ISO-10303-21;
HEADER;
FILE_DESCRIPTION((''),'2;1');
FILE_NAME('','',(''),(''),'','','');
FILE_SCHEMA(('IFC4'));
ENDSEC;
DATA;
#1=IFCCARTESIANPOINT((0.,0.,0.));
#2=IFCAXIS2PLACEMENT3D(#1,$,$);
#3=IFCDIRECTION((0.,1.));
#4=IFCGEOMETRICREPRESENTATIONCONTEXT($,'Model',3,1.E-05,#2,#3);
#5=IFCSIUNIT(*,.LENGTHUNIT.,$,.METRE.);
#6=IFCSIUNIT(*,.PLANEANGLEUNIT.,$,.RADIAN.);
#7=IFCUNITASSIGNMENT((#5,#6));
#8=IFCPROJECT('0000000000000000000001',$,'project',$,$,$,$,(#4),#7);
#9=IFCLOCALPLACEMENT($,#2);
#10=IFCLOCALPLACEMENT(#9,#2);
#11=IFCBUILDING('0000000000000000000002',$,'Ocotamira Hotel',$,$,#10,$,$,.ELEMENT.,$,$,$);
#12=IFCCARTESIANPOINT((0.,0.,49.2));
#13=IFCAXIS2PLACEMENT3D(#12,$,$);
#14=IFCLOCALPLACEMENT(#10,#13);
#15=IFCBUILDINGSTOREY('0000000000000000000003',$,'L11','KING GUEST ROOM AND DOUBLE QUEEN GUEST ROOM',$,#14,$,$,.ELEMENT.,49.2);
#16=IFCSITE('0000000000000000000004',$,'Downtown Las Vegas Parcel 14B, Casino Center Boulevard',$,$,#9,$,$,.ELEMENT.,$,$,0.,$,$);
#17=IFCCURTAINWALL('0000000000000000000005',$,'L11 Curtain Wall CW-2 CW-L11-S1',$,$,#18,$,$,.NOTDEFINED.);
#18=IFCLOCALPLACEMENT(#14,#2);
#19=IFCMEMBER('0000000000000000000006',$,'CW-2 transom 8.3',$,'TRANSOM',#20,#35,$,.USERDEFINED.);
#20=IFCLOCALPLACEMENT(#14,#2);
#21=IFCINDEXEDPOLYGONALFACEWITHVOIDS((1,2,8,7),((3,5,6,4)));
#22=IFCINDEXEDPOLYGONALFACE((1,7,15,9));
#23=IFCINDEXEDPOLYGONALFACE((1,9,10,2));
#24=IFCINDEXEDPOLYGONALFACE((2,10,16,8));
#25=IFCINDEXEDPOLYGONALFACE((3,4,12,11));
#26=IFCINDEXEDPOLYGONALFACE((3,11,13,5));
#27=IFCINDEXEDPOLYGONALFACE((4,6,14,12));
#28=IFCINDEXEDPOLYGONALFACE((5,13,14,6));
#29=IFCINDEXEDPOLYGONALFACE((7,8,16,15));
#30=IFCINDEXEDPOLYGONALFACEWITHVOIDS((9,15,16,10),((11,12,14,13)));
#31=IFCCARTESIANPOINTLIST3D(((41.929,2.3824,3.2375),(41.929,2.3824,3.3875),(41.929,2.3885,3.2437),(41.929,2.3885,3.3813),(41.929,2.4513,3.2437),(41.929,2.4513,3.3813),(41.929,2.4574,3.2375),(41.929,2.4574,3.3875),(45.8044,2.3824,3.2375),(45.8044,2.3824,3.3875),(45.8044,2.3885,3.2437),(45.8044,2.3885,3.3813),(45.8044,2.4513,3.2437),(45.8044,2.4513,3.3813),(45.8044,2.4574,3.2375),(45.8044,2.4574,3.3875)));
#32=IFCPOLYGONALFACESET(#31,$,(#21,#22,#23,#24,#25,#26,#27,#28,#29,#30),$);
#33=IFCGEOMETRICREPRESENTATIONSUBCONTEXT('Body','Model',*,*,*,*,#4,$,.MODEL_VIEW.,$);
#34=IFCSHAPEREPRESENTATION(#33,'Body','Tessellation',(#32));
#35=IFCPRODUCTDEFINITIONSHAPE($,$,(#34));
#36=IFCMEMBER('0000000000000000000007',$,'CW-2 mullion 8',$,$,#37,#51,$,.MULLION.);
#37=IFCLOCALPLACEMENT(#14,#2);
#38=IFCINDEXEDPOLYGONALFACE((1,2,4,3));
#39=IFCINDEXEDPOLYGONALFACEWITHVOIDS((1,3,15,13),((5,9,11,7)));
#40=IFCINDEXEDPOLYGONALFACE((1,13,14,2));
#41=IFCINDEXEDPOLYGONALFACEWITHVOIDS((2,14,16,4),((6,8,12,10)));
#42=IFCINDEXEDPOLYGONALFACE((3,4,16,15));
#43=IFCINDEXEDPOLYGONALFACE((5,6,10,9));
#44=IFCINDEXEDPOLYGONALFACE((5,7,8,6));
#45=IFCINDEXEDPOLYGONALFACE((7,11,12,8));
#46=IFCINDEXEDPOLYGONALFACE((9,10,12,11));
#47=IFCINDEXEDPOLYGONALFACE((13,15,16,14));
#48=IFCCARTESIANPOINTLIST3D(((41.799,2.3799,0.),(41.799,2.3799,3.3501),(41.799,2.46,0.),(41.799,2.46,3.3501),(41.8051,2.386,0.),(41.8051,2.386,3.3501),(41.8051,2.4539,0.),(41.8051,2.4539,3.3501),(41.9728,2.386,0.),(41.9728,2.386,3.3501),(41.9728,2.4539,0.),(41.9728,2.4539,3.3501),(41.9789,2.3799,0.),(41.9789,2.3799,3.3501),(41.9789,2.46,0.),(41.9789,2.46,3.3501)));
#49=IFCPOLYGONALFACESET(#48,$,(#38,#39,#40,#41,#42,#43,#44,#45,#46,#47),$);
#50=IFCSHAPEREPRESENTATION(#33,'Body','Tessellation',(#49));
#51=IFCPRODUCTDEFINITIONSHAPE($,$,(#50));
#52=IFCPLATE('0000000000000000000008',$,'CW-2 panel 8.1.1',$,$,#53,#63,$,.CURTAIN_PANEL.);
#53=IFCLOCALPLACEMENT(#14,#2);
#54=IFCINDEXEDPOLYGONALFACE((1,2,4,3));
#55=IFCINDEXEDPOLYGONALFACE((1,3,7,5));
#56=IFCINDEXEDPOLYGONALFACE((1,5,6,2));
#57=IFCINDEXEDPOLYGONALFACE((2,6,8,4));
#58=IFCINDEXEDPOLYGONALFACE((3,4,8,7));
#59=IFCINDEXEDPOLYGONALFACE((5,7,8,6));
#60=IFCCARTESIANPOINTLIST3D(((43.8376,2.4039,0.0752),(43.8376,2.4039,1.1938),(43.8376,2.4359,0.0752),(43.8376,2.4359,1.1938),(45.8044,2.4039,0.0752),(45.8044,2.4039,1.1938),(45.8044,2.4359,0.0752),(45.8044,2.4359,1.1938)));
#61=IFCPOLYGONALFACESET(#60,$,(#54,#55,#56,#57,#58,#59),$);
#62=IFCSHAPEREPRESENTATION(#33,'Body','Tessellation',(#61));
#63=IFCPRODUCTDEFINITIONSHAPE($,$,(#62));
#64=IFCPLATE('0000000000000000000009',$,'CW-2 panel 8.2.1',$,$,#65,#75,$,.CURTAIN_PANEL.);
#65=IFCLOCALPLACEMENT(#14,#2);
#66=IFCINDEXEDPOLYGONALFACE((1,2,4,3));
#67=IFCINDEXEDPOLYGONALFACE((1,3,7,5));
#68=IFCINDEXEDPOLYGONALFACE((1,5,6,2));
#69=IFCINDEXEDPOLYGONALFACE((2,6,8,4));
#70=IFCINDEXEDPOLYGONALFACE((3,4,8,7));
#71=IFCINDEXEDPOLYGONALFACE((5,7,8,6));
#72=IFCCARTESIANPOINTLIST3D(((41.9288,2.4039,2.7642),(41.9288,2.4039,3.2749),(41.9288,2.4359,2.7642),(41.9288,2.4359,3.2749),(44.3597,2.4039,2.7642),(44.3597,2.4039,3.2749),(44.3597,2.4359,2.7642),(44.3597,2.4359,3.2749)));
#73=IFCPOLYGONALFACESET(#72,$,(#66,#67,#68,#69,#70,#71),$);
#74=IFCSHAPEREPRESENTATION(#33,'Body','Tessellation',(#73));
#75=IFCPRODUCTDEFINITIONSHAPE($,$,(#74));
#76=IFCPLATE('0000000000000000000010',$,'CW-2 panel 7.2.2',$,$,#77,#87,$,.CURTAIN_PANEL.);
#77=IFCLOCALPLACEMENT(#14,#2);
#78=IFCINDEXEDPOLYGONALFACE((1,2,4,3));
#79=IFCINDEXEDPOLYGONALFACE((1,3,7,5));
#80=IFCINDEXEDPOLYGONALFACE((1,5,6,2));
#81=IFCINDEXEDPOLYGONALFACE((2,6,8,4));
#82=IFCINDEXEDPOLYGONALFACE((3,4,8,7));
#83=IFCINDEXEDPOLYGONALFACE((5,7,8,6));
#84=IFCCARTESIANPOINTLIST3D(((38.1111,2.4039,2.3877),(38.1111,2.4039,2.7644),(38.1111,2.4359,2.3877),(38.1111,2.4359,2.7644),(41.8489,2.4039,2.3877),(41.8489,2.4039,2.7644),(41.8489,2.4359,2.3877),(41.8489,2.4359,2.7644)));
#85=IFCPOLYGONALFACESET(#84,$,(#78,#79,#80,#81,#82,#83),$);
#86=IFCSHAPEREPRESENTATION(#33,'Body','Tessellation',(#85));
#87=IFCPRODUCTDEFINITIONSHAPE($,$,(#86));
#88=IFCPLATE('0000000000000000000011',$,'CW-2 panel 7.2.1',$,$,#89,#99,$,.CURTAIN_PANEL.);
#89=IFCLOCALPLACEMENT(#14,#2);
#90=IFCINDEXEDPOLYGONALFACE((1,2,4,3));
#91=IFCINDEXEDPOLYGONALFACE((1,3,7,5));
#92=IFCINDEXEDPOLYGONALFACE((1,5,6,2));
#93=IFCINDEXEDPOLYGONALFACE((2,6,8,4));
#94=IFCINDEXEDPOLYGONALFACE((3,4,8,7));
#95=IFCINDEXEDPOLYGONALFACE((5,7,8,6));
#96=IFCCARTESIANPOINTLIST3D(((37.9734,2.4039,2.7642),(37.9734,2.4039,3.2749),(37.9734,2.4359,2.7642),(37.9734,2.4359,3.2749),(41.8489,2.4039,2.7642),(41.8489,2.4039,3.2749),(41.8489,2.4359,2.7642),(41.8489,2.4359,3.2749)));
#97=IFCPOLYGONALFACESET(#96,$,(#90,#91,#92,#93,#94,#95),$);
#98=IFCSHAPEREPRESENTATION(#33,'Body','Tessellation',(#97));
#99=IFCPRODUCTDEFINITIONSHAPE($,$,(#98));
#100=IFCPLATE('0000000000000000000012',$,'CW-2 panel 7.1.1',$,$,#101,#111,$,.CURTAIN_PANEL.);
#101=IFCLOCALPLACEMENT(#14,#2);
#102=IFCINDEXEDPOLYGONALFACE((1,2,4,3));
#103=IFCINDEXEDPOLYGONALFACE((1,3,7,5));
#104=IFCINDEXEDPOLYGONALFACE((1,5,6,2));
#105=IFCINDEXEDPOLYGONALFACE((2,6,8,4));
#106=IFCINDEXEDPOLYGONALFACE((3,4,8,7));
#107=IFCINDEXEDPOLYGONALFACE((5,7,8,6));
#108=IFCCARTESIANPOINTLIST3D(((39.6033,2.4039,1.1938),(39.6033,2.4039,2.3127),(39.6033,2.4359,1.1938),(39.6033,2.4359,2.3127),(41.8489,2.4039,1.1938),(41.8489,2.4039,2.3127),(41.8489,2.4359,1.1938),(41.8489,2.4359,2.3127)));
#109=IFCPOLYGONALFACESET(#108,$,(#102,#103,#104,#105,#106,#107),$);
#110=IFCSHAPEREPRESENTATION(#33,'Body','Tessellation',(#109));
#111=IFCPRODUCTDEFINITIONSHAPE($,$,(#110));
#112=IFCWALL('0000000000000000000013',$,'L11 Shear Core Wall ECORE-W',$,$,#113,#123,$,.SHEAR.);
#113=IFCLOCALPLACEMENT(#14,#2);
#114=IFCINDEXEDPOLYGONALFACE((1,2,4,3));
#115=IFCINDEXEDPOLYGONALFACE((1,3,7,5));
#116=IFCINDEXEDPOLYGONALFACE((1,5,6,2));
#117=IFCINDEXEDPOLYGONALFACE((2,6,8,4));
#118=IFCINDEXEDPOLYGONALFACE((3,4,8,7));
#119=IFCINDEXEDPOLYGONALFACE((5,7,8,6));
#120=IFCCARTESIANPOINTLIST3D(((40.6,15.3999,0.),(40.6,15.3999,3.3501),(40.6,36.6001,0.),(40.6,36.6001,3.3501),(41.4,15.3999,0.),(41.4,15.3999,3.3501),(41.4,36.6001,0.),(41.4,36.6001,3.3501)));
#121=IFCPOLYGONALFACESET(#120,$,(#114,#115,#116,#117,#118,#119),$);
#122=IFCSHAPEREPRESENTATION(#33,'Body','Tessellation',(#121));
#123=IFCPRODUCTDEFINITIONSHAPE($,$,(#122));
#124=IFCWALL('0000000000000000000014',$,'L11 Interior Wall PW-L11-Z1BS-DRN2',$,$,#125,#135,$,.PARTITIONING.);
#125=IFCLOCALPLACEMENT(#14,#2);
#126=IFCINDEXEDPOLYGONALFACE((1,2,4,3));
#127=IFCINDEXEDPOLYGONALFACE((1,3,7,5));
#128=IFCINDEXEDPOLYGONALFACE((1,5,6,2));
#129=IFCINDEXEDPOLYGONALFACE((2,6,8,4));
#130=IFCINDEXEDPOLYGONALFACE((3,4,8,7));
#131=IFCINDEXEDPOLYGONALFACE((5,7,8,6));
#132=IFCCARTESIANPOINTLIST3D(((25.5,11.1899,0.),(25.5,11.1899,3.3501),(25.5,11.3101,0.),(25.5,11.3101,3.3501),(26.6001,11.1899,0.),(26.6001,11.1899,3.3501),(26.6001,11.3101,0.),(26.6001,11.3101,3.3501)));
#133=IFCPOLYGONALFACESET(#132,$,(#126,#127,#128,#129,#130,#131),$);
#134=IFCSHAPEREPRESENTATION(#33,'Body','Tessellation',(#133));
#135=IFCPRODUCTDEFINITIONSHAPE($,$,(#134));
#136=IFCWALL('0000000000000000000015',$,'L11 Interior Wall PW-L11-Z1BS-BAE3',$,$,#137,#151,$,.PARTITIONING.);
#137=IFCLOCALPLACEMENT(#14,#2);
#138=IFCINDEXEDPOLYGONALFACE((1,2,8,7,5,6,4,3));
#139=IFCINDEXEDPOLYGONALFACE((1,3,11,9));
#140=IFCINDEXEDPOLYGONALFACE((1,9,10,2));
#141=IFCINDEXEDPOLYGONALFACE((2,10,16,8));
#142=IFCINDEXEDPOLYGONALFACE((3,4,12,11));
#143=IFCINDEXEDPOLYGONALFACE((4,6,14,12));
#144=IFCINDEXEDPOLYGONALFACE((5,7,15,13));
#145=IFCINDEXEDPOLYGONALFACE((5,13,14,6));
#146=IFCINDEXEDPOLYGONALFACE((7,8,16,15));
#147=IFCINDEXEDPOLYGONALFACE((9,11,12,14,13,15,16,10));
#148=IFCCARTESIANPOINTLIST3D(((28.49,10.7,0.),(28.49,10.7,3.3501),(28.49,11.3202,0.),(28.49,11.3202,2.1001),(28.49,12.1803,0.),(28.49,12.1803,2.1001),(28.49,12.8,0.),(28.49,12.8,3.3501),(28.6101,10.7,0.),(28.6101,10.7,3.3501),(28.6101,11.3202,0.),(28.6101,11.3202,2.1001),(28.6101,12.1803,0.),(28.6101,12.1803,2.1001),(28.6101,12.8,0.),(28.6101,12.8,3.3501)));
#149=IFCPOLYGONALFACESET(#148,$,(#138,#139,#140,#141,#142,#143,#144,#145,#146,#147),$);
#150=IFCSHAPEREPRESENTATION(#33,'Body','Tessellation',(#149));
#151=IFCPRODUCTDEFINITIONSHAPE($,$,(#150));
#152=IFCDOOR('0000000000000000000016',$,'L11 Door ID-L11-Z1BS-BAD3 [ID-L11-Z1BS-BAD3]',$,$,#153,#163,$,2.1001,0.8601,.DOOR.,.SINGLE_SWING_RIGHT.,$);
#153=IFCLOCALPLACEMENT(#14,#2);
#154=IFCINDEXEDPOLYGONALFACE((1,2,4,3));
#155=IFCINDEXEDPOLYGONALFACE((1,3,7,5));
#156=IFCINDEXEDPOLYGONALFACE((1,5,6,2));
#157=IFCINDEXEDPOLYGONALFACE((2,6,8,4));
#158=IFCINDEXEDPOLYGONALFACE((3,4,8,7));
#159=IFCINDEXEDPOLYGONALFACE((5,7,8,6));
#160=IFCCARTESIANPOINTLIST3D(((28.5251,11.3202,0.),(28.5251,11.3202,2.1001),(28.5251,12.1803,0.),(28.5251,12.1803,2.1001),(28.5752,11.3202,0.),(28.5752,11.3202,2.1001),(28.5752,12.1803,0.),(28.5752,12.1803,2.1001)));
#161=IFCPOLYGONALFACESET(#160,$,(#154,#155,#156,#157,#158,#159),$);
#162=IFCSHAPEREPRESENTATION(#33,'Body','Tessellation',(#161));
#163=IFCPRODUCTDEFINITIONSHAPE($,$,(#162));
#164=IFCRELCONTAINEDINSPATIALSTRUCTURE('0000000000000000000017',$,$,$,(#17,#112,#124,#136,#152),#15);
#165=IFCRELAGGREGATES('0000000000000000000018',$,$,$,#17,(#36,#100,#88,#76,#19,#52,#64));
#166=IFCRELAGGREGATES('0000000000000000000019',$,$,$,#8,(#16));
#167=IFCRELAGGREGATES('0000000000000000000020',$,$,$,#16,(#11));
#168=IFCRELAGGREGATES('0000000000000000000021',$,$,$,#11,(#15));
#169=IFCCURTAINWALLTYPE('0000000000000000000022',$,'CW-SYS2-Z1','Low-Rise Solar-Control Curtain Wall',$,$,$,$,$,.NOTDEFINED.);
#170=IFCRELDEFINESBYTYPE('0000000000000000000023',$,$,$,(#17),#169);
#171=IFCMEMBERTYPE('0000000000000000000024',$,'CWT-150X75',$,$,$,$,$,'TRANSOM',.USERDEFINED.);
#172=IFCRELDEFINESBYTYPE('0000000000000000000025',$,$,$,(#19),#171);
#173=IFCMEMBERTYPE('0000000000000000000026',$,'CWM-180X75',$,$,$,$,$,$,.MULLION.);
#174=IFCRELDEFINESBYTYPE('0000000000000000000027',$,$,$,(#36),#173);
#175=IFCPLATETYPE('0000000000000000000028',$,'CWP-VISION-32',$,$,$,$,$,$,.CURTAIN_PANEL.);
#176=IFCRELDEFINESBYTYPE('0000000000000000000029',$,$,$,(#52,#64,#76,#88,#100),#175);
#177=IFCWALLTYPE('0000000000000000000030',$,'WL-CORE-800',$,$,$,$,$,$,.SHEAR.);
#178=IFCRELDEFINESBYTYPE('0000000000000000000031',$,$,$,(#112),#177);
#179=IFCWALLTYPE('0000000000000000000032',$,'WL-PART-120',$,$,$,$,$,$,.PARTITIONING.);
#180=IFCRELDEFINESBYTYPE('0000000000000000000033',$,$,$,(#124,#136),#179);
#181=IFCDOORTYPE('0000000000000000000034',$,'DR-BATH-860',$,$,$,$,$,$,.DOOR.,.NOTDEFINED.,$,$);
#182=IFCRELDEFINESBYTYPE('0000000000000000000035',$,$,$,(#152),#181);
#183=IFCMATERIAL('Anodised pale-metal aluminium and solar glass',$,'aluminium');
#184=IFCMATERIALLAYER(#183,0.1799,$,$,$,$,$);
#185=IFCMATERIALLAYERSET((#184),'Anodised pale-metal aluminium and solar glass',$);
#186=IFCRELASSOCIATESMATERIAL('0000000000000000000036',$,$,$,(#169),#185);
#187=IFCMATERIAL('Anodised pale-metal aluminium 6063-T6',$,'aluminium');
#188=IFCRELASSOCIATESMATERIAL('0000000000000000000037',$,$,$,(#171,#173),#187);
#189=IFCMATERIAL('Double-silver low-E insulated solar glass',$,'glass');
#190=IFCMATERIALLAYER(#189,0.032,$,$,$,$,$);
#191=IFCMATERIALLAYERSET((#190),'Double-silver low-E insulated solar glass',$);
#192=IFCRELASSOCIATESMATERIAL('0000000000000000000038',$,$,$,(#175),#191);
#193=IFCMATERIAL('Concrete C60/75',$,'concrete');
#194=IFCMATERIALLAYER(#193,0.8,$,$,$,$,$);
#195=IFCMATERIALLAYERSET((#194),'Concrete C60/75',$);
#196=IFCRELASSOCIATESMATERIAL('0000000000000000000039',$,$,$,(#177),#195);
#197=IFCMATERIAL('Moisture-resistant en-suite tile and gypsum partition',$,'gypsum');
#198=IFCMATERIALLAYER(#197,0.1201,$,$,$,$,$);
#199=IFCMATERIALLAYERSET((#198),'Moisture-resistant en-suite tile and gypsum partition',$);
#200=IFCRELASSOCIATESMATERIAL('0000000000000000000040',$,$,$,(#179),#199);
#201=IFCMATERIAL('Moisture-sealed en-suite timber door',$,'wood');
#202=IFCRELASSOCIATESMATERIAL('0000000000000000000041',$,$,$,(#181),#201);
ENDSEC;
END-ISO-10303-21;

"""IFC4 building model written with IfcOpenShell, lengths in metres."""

from ifc_helpers import new_model, si_unit, direction, frame, frame_2d, origin, origin_2d, place, context, subcontext, project, spatial, rectangle, hollow_rectangle, extrude, source, transform, mapped, material, layer, layer_set, material_profile, profile_set, type_object, element, fill, aggregate, save


model = new_model("IFC4")

# Units and contexts
model_context = context("Model", 3, precision=1e-05, world=origin(), true_north=direction((0.0, 1.0)))
body_context = subcontext(model_context, "Body", "Model", "MODEL_VIEW")
ifc_project = project(units=[si_unit("LENGTHUNIT", "METRE"), si_unit("PLANEANGLEUNIT", "RADIAN")], contexts=[model_context])

# Site, building, storey
site_placement = place(None, origin())
site = spatial("IfcSite", under=ifc_project, at=site_placement, Name="Downtown Las Vegas Parcel 14B, Casino Center Boulevard", CompositionType="ELEMENT", RefElevation=0.0)
building_placement = place(site_placement, origin())
building = spatial("IfcBuilding", under=site, at=building_placement, Name="Ocotamira Hotel", CompositionType="ELEMENT")
storey_placement = place(building_placement, frame((0.0, 0.0, 49.2)))
storey = spatial("IfcBuildingStorey", under=building, at=storey_placement, Name="L11", Description="KING GUEST ROOM AND DOUBLE QUEEN GUEST ROOM", CompositionType="ELEMENT", Elevation=49.2)

# Curtain wall, members, plates
ifc_material_1 = material(Name="Anodised pale-metal aluminium and solar glass", Category="aluminium")
ifc_layer_1 = layer(ifc_material_1, 0.1799)
ifc_layer_set_1 = layer_set([ifc_layer_1], Name="Anodised pale-metal aluminium and solar glass")
curtain_wall_type = type_object("IfcCurtainWallType", Name="CW-SYS2-Z1", Description="Low-Rise Solar-Control Curtain Wall", PredefinedType="NOTDEFINED", material=ifc_layer_set_1)
curtain_wall_placement = place(storey_placement, origin())
curtain_wall = element("IfcCurtainWall", 1, at=curtain_wall_placement, inside=storey, type_object=curtain_wall_type, Name="L11 Curtain Wall CW-2 CW-L11-S1", PredefinedType="NOTDEFINED")
ifc_material_2 = material(Name="Anodised pale-metal aluminium 6063-T6", Category="aluminium")
ifc_material_profile_1 = material_profile(ifc_material_2, hollow_rectangle(XDim=0.075, YDim=0.1499, WallThickness=0.0061, at=origin_2d()), Name="HSS150X75X6")
ifc_profile_set_1 = profile_set([ifc_material_profile_1], Name="Anodised pale-metal aluminium 6063-T6")
member_type_1 = type_object("IfcMemberType", Name="CWT-150X75", ElementType="TRANSOM", PredefinedType="USERDEFINED", material=ifc_profile_set_1)
shared_shape_1 = source(origin(), body_context, "Body", "SweptSolid", [
    extrude(hollow_rectangle(XDim=0.075, YDim=0.1499, WallThickness=0.0061, at=origin_2d()), origin(), (0.0, 0.0, 1.0), 3.8755),
])
member_1_placement = place(storey_placement, frame((41.929, 2.4199, 3.3125), z_axis=(1.0, 0.0, 0.0), x_axis=(0.0, 1.0, 0.0)))
member_1 = element("IfcMember", 2, at=member_1_placement, type_object=member_type_1, Name="CW-2 transom 8.3", ObjectType="TRANSOM", PredefinedType="USERDEFINED", context=body_context, shape_type="MappedRepresentation", body=[
    mapped(shared_shape_1, transform((0.0, 0.0, 0.0), scale=1.0)),
])
ifc_material_profile_2 = material_profile(ifc_material_2, hollow_rectangle(XDim=0.0801, YDim=0.1799, WallThickness=0.0061, at=origin_2d()), Name="HSS180X80X6")
ifc_profile_set_2 = profile_set([ifc_material_profile_2], Name="Anodised pale-metal aluminium 6063-T6")
member_type_2 = type_object("IfcMemberType", Name="CWM-180X75", PredefinedType="MULLION", material=ifc_profile_set_2)
shared_shape_2 = source(origin(), body_context, "Body", "SweptSolid", [
    extrude(hollow_rectangle(XDim=0.0801, YDim=0.1799, WallThickness=0.0061, at=origin_2d()), origin(), (0.0, 0.0, 1.0), 3.3501),
])
member_2_placement = place(storey_placement, frame((41.8889, 2.4199, 0.0), z_axis=(0.0, 0.0, 1.0), x_axis=(0.0, 1.0, 0.0)))
member_2 = element("IfcMember", 3, at=member_2_placement, type_object=member_type_2, Name="CW-2 mullion 8", PredefinedType="MULLION", context=body_context, shape_type="MappedRepresentation", body=[
    mapped(shared_shape_2, transform((0.0, 0.0, 0.0), scale=1.0)),
])
ifc_material_3 = material(Name="Double-silver low-E insulated solar glass", Category="glass")
ifc_layer_2 = layer(ifc_material_3, 0.032)
ifc_layer_set_2 = layer_set([ifc_layer_2], Name="Double-silver low-E insulated solar glass")
plate_type = type_object("IfcPlateType", Name="CWP-VISION-32", PredefinedType="CURTAIN_PANEL", material=ifc_layer_set_2)
shared_shape_3 = source(origin(), body_context, "Body", "SweptSolid", [
    extrude(rectangle(XDim=1.9668, YDim=0.032, at=origin_2d()), origin(), (0.0, 0.0, 1.0), 1.1187),
])
plate_1_placement = place(storey_placement, frame((44.821, 2.4199, 0.0752), z_axis=(0.0, 0.0, 1.0), x_axis=(1.0, 0.0, 0.0)))
plate_1 = element("IfcPlate", 4, at=plate_1_placement, type_object=plate_type, Name="CW-2 panel 8.1.1", PredefinedType="CURTAIN_PANEL", context=body_context, shape_type="MappedRepresentation", body=[
    mapped(shared_shape_3, transform((0.0, 0.0, 0.0), scale=1.0)),
])
shared_shape_4 = source(origin(), body_context, "Body", "SweptSolid", [
    extrude(rectangle(XDim=2.4309, YDim=0.032, at=origin_2d()), origin(), (0.0, 0.0, 1.0), 0.5107),
])
plate_2_placement = place(storey_placement, frame((43.1443, 2.4199, 2.7642), z_axis=(0.0, 0.0, 1.0), x_axis=(1.0, 0.0, 0.0)))
plate_2 = element("IfcPlate", 5, at=plate_2_placement, type_object=plate_type, Name="CW-2 panel 8.2.1", PredefinedType="CURTAIN_PANEL", context=body_context, shape_type="MappedRepresentation", body=[
    mapped(shared_shape_4, transform((0.0, 0.0, 0.0), scale=1.0)),
])
shared_shape_5 = source(origin(), body_context, "Body", "SweptSolid", [
    extrude(rectangle(XDim=3.7378, YDim=0.032, at=origin_2d()), origin(), (0.0, 0.0, 1.0), 0.3767),
])
plate_3_placement = place(storey_placement, frame((39.98, 2.4199, 2.3877), z_axis=(0.0, 0.0, 1.0), x_axis=(1.0, 0.0, 0.0)))
plate_3 = element("IfcPlate", 6, at=plate_3_placement, type_object=plate_type, Name="CW-2 panel 7.2.2", PredefinedType="CURTAIN_PANEL", context=body_context, shape_type="MappedRepresentation", body=[
    mapped(shared_shape_5, transform((0.0, 0.0, 0.0), scale=1.0)),
])
shared_shape_6 = source(origin(), body_context, "Body", "SweptSolid", [
    extrude(rectangle(XDim=3.8755, YDim=0.032, at=origin_2d()), origin(), (0.0, 0.0, 1.0), 0.5107),
])
plate_4_placement = place(storey_placement, frame((39.9111, 2.4199, 2.7642), z_axis=(0.0, 0.0, 1.0), x_axis=(1.0, 0.0, 0.0)))
plate_4 = element("IfcPlate", 7, at=plate_4_placement, type_object=plate_type, Name="CW-2 panel 7.2.1", PredefinedType="CURTAIN_PANEL", context=body_context, shape_type="MappedRepresentation", body=[
    mapped(shared_shape_6, transform((0.0, 0.0, 0.0), scale=1.0)),
])
shared_shape_7 = source(origin(), body_context, "Body", "SweptSolid", [
    extrude(rectangle(XDim=2.2456, YDim=0.032, at=origin_2d()), origin(), (0.0, 0.0, 1.0), 1.1189),
])
plate_5_placement = place(storey_placement, frame((40.7261, 2.4199, 1.1938), z_axis=(0.0, 0.0, 1.0), x_axis=(1.0, 0.0, 0.0)))
plate_5 = element("IfcPlate", 8, at=plate_5_placement, type_object=plate_type, Name="CW-2 panel 7.1.1", PredefinedType="CURTAIN_PANEL", context=body_context, shape_type="MappedRepresentation", body=[
    mapped(shared_shape_7, transform((0.0, 0.0, 0.0), scale=1.0)),
])
aggregate(curtain_wall, [member_2, plate_5, plate_4, plate_3, member_1, plate_1, plate_2])

# Shared definitions
ifc_material_4 = material(Name="Concrete C60/75", Category="concrete")
ifc_layer_3 = layer(ifc_material_4, 0.8)
ifc_layer_set_3 = layer_set([ifc_layer_3], Name="Concrete C60/75")
wall_type_1 = type_object("IfcWallType", Name="WL-CORE-800", PredefinedType="SHEAR", material=ifc_layer_set_3)

# Walls
wall_1_placement = place(storey_placement, frame((41.0, 15.3999, 0.0), z_axis=(0.0, 0.0, 1.0), x_axis=(0.0, 1.0, 0.0)))
element("IfcWall", 9, at=wall_1_placement, inside=storey, type_object=wall_type_1, Name="L11 Shear Core Wall ECORE-W", PredefinedType="SHEAR", context=body_context, shape_type="SweptSolid", body=[
    extrude(rectangle(XDim=21.2002, YDim=0.8, at=frame_2d((10.6001, 0.0))), origin(), (0.0, 0.0, 1.0), 3.3501),
])
ifc_material_5 = material(Name="Moisture-resistant en-suite tile and gypsum partition", Category="gypsum")
ifc_layer_4 = layer(ifc_material_5, 0.1201)
ifc_layer_set_4 = layer_set([ifc_layer_4], Name="Moisture-resistant en-suite tile and gypsum partition")
wall_type_2 = type_object("IfcWallType", Name="WL-PART-120", PredefinedType="PARTITIONING", material=ifc_layer_set_4)
wall_2_placement = place(storey_placement, frame((25.5, 11.25, 0.0), z_axis=(0.0, 0.0, 1.0), x_axis=(1.0, 0.0, 0.0)))
element("IfcWall", 10, at=wall_2_placement, inside=storey, type_object=wall_type_2, Name="L11 Interior Wall PW-L11-Z1BS-DRN2", PredefinedType="PARTITIONING", context=body_context, shape_type="SweptSolid", body=[
    extrude(rectangle(XDim=1.1001, YDim=0.1201, at=frame_2d((0.55, 0.0))), origin(), (0.0, 0.0, 1.0), 3.3501),
])

# Wall, opening, door
wall_3_placement = place(storey_placement, frame((28.55, 10.7, 0.0), z_axis=(0.0, 0.0, 1.0), x_axis=(0.0, 1.0, 0.0)))
wall_3 = element("IfcWall", 11, at=wall_3_placement, inside=storey, type_object=wall_type_2, Name="L11 Interior Wall PW-L11-Z1BS-BAE3", PredefinedType="PARTITIONING", context=body_context, shape_type="SweptSolid", body=[
    extrude(rectangle(XDim=2.1001, YDim=0.1201, at=frame_2d((1.05, 0.0))), origin(), (0.0, 0.0, 1.0), 3.3501),
])
opening_1_placement = place(wall_3_placement, frame((0.6201, 0.0, 0.0)))
opening_1 = element("IfcOpeningElement", 12, at=opening_1_placement, cuts=wall_3, PredefinedType="OPENING", context=body_context, shape_type="SweptSolid", body=[
    extrude(rectangle(XDim=0.8601, YDim=2.1001, at=frame_2d((0.4302, 1.05))), frame((0.0, 0.0701, 0.0), z_axis=(0.0, -1.0, 0.0), x_axis=(1.0, 0.0, 0.0)), (0.0, 0.0, 1.0), 0.1401),
])
ifc_material_6 = material(Name="Moisture-sealed en-suite timber door", Category="wood")
door_type_1 = type_object("IfcDoorType", Name="DR-BATH-860", OperationType="NOTDEFINED", PredefinedType="DOOR", material=ifc_material_6)
shared_shape_8 = source(origin(), body_context, "Body", "SweptSolid", [
    extrude(rectangle(XDim=0.8601, YDim=2.1001, at=frame_2d((0.4302, 1.05))), frame((0.0, 0.0249, 0.0), z_axis=(0.0, -1.0, 0.0), x_axis=(1.0, 0.0, 0.0)), (0.0, 0.0, 1.0), 0.05),
])
door_1_placement = place(opening_1_placement, origin())
door_1 = element("IfcDoor", 13, at=door_1_placement, inside=storey, type_object=door_type_1, Name="L11 Door ID-L11-Z1BS-BAD3 [ID-L11-Z1BS-BAD3]", OperationType="SINGLE_SWING_RIGHT", OverallHeight=2.1001, OverallWidth=0.8601, PredefinedType="DOOR", context=body_context, shape_type="MappedRepresentation", body=[
    mapped(shared_shape_8, transform((0.0, 0.0, 0.0), scale=1.0)),
])
fill(opening_1, door_1)

save(model, "model.ifc")
